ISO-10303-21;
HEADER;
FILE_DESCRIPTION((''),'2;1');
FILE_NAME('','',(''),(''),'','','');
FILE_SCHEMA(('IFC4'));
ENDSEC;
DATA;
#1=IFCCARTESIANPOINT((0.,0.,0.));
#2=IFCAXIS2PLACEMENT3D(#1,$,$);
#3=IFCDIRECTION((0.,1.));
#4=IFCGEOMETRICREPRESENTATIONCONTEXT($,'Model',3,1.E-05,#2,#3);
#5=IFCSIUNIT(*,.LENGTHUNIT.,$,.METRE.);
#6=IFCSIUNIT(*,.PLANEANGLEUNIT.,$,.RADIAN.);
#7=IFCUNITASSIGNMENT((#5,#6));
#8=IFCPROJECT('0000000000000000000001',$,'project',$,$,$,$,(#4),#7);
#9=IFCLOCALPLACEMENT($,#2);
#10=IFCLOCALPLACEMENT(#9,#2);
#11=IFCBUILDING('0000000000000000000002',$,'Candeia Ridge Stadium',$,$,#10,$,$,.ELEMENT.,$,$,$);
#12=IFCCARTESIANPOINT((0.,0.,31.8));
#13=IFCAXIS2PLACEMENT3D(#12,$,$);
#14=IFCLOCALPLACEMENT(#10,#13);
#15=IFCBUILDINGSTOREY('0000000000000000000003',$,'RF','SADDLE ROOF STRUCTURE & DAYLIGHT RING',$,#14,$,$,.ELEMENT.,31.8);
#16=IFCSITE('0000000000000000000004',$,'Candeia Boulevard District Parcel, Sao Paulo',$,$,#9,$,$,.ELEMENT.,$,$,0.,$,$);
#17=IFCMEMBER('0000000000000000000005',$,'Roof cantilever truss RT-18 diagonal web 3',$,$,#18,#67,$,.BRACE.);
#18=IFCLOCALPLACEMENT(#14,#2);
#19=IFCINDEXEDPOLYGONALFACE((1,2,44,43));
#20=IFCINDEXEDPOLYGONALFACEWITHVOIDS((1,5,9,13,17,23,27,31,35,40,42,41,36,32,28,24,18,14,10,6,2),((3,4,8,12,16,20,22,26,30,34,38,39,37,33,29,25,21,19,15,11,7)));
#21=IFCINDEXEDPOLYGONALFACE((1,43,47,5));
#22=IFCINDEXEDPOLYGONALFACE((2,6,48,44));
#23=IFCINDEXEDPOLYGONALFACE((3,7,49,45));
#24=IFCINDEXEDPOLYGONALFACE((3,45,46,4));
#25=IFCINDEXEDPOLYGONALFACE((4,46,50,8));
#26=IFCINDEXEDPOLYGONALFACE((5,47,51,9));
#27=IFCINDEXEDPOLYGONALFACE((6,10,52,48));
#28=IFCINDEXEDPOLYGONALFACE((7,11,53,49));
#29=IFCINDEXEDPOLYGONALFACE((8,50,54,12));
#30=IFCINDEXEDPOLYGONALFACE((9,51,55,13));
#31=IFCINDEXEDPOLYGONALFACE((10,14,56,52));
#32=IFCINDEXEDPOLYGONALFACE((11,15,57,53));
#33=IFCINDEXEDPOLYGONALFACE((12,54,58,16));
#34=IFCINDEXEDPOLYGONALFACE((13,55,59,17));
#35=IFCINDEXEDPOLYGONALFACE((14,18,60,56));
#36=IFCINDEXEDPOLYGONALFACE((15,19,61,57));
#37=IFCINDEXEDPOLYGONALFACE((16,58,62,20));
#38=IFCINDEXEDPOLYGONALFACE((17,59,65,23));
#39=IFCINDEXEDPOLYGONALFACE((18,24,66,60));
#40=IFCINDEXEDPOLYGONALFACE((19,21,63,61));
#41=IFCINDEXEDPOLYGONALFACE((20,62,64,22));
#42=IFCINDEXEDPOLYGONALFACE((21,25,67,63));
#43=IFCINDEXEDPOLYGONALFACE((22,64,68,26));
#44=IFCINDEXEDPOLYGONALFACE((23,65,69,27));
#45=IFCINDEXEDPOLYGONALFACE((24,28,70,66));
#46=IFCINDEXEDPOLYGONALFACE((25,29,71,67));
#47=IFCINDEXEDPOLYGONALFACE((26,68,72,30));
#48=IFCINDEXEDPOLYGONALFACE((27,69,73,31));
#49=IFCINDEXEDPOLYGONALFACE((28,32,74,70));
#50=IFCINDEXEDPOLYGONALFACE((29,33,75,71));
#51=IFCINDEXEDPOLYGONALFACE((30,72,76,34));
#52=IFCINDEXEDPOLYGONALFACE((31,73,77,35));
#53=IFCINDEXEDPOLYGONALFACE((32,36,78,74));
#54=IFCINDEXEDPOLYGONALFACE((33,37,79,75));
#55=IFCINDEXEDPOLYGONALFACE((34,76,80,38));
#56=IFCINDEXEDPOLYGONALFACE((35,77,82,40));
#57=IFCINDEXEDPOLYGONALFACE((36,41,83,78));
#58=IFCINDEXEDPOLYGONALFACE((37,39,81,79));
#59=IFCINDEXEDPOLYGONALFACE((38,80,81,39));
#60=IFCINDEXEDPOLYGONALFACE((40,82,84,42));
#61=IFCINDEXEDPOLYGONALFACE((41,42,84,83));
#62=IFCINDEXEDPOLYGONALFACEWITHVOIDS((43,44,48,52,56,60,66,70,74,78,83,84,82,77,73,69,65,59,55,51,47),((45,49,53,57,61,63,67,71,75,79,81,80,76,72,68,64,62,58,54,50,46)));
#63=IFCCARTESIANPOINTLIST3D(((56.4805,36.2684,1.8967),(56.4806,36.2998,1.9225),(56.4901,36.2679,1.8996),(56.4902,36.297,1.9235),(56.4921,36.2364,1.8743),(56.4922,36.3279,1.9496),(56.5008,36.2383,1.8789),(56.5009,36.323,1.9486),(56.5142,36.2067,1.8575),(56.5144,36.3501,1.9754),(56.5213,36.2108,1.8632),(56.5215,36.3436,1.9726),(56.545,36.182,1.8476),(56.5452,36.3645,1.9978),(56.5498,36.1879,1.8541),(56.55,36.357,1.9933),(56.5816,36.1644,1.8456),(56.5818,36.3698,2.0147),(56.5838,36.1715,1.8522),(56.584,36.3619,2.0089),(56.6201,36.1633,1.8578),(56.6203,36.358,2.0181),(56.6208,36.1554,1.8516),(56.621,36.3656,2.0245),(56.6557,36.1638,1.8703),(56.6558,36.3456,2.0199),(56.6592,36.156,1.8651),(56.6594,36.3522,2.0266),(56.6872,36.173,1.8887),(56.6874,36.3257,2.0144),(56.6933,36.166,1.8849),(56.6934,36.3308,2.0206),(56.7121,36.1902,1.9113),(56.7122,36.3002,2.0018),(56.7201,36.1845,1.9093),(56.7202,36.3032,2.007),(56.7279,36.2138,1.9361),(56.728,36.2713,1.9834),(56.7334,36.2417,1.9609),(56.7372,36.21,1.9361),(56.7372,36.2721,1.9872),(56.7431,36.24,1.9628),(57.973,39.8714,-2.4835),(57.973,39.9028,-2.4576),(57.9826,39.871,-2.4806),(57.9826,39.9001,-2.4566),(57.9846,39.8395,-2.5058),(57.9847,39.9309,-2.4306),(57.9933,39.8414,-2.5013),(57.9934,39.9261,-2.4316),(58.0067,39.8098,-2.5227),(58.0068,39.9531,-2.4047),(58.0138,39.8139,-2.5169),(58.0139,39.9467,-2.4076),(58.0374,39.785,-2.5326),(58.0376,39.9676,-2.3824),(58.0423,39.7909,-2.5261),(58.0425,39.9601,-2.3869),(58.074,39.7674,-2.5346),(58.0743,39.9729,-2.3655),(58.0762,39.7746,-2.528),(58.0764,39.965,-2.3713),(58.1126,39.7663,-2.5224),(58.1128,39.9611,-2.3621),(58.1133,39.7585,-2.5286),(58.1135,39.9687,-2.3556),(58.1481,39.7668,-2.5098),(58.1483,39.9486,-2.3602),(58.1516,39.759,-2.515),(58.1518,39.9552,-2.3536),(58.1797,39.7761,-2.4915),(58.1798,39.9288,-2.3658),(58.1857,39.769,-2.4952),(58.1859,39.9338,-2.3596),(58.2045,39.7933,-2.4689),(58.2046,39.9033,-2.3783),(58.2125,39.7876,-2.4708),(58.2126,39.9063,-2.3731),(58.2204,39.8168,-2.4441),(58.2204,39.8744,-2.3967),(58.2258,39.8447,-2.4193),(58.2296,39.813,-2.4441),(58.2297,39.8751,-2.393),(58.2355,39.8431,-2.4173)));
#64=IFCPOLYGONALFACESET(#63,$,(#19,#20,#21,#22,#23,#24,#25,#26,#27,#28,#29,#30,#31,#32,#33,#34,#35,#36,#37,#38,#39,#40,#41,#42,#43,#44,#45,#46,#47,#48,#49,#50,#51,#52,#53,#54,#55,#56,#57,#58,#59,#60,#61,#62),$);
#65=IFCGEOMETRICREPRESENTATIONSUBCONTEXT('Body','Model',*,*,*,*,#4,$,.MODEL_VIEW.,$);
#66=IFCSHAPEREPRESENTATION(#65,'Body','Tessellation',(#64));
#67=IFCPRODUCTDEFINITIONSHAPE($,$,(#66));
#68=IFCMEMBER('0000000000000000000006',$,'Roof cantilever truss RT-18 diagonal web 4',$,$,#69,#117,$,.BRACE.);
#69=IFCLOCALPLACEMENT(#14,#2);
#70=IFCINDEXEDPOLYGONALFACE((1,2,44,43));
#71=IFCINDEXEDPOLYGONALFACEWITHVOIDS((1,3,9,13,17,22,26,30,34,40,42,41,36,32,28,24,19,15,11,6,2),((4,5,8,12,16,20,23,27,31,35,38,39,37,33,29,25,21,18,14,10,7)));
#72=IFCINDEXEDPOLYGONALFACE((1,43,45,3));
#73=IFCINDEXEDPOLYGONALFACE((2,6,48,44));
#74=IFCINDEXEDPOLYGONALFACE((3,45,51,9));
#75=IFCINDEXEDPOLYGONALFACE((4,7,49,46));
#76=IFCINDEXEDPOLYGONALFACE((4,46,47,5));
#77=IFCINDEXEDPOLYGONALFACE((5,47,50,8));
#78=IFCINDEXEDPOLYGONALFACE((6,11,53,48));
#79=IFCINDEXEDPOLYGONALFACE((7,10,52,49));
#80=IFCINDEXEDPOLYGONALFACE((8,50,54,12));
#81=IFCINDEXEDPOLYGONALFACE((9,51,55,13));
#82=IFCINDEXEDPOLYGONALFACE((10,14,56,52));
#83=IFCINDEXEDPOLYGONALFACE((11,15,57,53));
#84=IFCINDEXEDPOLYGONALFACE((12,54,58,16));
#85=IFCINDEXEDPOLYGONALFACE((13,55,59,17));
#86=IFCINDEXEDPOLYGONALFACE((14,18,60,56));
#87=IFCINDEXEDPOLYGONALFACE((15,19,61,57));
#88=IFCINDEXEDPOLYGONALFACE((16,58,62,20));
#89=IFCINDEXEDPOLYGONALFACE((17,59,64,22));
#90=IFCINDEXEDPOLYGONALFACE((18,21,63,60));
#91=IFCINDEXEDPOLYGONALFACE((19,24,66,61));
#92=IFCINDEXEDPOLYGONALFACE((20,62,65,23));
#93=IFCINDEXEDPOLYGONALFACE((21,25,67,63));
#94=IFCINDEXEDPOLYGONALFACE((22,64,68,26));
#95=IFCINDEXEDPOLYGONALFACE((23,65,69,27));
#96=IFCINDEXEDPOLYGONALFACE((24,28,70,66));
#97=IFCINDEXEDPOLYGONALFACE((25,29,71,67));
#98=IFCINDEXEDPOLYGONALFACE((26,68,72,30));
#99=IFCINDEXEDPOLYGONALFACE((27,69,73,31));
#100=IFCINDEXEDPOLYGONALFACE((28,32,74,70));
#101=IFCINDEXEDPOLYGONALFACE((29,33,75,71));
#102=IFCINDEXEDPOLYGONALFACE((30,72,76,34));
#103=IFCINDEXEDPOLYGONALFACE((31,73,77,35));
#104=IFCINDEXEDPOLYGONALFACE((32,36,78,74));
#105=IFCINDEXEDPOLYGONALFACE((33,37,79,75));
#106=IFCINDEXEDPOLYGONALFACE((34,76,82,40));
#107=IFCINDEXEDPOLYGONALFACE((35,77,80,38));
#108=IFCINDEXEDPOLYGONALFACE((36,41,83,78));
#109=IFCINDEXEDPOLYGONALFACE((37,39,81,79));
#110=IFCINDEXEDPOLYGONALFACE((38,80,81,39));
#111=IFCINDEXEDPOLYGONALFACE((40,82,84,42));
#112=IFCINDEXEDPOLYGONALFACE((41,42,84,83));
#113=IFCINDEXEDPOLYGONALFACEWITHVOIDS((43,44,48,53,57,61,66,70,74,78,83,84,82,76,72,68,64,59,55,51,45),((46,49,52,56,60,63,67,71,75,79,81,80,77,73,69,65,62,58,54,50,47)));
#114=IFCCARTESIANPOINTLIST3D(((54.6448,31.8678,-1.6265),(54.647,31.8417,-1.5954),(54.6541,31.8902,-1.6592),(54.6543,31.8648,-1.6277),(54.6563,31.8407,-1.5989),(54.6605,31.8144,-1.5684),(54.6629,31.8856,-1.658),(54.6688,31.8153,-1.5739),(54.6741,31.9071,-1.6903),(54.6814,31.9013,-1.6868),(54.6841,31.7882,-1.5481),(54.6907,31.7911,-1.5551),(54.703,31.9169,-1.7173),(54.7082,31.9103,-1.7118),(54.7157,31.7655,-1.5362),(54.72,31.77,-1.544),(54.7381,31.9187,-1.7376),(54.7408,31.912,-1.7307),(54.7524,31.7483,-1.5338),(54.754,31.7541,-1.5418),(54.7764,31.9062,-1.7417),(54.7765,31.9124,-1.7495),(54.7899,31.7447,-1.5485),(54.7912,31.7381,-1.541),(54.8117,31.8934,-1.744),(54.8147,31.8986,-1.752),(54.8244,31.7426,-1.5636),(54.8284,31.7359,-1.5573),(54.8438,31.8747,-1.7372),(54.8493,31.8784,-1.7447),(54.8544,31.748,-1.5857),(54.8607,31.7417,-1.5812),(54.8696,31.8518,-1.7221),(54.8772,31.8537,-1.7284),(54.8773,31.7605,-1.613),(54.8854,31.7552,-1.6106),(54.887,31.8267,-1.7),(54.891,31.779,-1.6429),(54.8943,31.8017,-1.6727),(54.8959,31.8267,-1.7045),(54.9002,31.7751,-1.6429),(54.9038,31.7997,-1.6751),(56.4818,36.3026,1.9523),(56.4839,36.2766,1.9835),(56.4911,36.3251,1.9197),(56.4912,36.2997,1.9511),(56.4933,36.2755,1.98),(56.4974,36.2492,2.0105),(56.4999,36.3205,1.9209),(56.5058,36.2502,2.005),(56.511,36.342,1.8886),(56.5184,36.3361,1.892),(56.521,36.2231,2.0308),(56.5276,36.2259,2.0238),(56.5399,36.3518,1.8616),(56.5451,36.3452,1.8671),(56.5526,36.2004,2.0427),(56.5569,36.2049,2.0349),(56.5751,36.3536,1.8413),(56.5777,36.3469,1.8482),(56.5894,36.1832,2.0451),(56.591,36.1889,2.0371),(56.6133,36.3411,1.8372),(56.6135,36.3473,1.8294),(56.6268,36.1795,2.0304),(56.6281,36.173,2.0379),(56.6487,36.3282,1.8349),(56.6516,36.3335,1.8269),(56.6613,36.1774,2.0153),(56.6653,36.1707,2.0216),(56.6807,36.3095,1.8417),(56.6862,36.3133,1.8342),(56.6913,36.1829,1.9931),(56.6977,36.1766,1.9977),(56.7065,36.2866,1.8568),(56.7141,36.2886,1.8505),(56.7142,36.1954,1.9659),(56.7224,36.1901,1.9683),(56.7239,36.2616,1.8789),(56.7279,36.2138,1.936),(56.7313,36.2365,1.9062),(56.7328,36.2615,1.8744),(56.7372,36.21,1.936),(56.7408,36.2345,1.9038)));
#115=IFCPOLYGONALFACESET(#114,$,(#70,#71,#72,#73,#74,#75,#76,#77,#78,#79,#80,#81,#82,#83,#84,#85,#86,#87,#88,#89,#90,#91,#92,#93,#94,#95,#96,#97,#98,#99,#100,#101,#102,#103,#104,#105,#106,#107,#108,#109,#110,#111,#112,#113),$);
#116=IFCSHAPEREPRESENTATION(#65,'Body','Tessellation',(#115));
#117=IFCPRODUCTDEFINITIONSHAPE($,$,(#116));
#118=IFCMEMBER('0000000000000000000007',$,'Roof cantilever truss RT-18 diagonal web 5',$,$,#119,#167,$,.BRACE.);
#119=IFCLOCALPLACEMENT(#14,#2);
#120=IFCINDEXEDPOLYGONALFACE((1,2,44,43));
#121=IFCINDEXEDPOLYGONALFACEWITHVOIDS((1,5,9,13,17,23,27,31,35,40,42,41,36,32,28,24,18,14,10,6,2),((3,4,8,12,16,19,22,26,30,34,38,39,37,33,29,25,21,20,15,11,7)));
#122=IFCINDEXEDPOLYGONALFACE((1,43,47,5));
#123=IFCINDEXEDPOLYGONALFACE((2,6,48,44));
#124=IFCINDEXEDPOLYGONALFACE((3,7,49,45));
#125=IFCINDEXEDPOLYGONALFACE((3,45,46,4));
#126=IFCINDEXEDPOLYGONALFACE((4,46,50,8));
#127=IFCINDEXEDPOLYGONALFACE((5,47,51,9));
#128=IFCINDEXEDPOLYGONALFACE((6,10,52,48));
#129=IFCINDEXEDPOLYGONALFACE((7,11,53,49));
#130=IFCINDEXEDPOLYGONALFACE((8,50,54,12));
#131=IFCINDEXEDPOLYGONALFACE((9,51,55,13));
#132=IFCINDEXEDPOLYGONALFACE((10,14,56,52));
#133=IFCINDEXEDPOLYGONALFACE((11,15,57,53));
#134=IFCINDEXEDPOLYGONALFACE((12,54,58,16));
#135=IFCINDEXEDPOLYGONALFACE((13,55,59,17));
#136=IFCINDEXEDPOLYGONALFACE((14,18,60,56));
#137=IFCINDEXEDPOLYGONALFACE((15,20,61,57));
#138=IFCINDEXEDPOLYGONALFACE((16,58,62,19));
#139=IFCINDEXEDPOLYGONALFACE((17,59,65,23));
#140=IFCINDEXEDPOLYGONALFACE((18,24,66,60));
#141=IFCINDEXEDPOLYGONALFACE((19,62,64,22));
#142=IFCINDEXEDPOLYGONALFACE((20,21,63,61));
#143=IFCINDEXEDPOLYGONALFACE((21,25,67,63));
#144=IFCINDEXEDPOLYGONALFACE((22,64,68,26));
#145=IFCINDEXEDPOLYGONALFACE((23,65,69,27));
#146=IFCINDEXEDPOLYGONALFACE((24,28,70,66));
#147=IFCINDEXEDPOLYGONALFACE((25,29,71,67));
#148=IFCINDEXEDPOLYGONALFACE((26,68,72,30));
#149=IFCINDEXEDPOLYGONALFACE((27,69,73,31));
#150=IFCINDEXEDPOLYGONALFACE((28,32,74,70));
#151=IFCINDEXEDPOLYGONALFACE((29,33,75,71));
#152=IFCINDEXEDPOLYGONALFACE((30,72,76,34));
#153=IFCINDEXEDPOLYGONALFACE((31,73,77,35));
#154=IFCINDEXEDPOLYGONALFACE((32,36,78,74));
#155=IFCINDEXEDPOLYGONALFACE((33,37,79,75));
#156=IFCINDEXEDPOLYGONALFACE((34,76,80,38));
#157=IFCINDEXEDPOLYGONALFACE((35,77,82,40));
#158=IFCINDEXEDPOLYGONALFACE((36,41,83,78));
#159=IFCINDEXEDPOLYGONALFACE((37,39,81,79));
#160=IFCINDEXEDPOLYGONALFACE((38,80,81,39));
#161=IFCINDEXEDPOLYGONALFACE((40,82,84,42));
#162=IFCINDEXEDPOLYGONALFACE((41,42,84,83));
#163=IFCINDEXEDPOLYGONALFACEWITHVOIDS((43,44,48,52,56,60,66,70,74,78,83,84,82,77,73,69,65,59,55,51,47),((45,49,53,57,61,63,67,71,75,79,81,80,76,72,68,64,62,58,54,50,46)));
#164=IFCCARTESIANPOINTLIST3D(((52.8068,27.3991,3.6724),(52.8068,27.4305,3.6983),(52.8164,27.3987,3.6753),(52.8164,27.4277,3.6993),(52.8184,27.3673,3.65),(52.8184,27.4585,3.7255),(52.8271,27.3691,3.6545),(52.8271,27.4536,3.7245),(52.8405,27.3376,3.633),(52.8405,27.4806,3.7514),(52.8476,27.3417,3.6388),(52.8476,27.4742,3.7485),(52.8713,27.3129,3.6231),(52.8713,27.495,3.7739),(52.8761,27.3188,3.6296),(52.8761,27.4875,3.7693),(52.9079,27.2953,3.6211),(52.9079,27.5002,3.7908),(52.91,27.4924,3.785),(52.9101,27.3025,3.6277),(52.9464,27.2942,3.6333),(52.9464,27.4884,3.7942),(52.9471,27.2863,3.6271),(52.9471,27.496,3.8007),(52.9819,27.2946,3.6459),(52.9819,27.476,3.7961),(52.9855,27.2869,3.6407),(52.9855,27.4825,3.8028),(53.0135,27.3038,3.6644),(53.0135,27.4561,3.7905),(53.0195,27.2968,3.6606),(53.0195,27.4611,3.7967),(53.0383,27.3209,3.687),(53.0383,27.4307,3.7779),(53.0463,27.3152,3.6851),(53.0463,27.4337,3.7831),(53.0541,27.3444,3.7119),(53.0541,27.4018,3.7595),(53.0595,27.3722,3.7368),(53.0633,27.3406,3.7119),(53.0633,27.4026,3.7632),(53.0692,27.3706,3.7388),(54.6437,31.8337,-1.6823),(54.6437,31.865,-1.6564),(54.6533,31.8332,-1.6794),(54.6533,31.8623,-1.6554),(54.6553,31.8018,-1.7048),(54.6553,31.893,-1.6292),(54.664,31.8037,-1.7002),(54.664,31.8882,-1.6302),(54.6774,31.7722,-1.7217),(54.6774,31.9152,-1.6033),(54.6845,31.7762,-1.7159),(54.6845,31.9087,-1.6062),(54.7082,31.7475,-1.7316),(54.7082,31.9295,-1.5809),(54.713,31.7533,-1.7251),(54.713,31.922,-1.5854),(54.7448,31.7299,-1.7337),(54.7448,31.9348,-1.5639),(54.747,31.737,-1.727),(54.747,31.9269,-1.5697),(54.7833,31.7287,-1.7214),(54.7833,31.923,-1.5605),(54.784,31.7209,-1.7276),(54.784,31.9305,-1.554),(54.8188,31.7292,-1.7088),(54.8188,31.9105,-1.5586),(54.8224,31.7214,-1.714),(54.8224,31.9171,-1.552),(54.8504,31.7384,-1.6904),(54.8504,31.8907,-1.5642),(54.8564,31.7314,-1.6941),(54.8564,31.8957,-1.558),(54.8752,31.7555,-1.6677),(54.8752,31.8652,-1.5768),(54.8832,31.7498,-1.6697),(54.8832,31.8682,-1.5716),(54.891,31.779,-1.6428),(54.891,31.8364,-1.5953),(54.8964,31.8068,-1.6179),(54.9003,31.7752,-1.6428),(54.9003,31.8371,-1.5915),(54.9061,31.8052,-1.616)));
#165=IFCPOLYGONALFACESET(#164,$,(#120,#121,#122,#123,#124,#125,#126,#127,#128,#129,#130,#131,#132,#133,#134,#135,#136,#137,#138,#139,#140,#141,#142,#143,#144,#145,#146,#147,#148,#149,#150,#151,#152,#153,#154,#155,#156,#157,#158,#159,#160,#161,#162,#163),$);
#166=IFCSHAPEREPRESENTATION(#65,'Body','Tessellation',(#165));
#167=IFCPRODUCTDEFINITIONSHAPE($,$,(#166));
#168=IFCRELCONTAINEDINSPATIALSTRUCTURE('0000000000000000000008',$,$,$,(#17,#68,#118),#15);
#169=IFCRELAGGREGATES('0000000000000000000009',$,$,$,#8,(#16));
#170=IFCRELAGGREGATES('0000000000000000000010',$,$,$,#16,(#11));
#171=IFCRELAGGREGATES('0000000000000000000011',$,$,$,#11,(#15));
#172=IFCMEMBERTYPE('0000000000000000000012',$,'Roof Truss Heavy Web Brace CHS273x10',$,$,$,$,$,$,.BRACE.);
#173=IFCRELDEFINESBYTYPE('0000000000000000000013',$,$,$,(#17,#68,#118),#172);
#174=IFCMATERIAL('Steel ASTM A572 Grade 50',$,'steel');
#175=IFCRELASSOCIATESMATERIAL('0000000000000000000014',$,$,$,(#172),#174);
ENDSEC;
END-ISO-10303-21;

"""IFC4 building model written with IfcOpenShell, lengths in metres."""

from ifc_helpers import new_model, si_unit, direction, frame, origin, origin_2d, place, context, subcontext, project, spatial, hollow_circle, extrude, material, material_profile, profile_set, type_object, element, save


model = new_model("IFC4")

# Units and contexts
model_context = context("Model", 3, precision=1e-05, world=origin(), true_north=direction((0.0, 1.0)))
body_context = subcontext(model_context, "Body", "Model", "MODEL_VIEW")
ifc_project = project(units=[si_unit("LENGTHUNIT", "METRE"), si_unit("PLANEANGLEUNIT", "RADIAN")], contexts=[model_context])

# Site, building, storey
site_placement = place(None, origin())
site = spatial("IfcSite", under=ifc_project, at=site_placement, Name="Candeia Boulevard District Parcel, Sao Paulo", CompositionType="ELEMENT", RefElevation=0.0)
building_placement = place(site_placement, origin())
building = spatial("IfcBuilding", under=site, at=building_placement, Name="Candeia Ridge Stadium", CompositionType="ELEMENT")
storey_placement = place(building_placement, frame((0.0, 0.0, 31.8)))
storey = spatial("IfcBuildingStorey", under=building, at=storey_placement, Name="RF", Description="SADDLE ROOF STRUCTURE & DAYLIGHT RING", CompositionType="ELEMENT", Elevation=31.8)

# Shared definitions
ifc_material_1 = material(Name="Steel ASTM A572 Grade 50", Category="steel")

# Members
ifc_material_profile_1 = material_profile(ifc_material_1, hollow_circle(Radius=0.1365, WallThickness=0.01, at=origin_2d()), Name="CHS273x10", Category="steel")
ifc_profile_set_1 = profile_set([ifc_material_profile_1], Name="Steel ASTM A572 Grade 50")
member_type_1 = type_object("IfcMemberType", Name="Roof Truss Heavy Web Brace CHS273x10", PredefinedType="BRACE", material=ifc_profile_set_1)
member_1_placement = place(storey_placement, frame((58.1035, 39.8652, -2.4441), z_axis=(-0.254477, -0.614359, 0.746863), x_axis=(0.923879, -0.382685, 0.0)))
element("IfcMember", 1, at=member_1_placement, inside=storey, type_object=member_type_1, Name="Roof cantilever truss RT-18 diagonal web 3", PredefinedType="BRACE", context=body_context, shape_type="SweptSolid", body=[
    extrude(hollow_circle(Radius=0.1365, WallThickness=0.01, at=origin_2d()), origin(), (0.0, 0.0, 1.0), 5.8647),
])
member_2_placement = place(storey_placement, frame((56.6111, 36.2622, 1.936), z_axis=(-0.306792, -0.74068, -0.597722), x_axis=(0.923883, -0.382675, 0.0)))
element("IfcMember", 2, at=member_2_placement, inside=storey, type_object=member_type_1, Name="Roof cantilever truss RT-18 diagonal web 4", PredefinedType="BRACE", context=body_context, shape_type="SweptSolid", body=[
    extrude(hollow_circle(Radius=0.1365, WallThickness=0.01, at=origin_2d()), origin(), (0.0, 0.0, 1.0), 5.9875),
])
member_3_placement = place(storey_placement, frame((54.7742, 31.8274, -1.6428), z_axis=(-0.25544, -0.616669, 0.744627), x_axis=(0.923875, -0.382693, 0.0)))
element("IfcMember", 3, at=member_3_placement, inside=storey, type_object=member_type_1, Name="Roof cantilever truss RT-18 diagonal web 5", PredefinedType="BRACE", context=body_context, shape_type="SweptSolid", body=[
    extrude(hollow_circle(Radius=0.1365, WallThickness=0.01, at=origin_2d()), origin(), (0.0, 0.0, 1.0), 7.1912),
])

save(model, "model.ifc")
